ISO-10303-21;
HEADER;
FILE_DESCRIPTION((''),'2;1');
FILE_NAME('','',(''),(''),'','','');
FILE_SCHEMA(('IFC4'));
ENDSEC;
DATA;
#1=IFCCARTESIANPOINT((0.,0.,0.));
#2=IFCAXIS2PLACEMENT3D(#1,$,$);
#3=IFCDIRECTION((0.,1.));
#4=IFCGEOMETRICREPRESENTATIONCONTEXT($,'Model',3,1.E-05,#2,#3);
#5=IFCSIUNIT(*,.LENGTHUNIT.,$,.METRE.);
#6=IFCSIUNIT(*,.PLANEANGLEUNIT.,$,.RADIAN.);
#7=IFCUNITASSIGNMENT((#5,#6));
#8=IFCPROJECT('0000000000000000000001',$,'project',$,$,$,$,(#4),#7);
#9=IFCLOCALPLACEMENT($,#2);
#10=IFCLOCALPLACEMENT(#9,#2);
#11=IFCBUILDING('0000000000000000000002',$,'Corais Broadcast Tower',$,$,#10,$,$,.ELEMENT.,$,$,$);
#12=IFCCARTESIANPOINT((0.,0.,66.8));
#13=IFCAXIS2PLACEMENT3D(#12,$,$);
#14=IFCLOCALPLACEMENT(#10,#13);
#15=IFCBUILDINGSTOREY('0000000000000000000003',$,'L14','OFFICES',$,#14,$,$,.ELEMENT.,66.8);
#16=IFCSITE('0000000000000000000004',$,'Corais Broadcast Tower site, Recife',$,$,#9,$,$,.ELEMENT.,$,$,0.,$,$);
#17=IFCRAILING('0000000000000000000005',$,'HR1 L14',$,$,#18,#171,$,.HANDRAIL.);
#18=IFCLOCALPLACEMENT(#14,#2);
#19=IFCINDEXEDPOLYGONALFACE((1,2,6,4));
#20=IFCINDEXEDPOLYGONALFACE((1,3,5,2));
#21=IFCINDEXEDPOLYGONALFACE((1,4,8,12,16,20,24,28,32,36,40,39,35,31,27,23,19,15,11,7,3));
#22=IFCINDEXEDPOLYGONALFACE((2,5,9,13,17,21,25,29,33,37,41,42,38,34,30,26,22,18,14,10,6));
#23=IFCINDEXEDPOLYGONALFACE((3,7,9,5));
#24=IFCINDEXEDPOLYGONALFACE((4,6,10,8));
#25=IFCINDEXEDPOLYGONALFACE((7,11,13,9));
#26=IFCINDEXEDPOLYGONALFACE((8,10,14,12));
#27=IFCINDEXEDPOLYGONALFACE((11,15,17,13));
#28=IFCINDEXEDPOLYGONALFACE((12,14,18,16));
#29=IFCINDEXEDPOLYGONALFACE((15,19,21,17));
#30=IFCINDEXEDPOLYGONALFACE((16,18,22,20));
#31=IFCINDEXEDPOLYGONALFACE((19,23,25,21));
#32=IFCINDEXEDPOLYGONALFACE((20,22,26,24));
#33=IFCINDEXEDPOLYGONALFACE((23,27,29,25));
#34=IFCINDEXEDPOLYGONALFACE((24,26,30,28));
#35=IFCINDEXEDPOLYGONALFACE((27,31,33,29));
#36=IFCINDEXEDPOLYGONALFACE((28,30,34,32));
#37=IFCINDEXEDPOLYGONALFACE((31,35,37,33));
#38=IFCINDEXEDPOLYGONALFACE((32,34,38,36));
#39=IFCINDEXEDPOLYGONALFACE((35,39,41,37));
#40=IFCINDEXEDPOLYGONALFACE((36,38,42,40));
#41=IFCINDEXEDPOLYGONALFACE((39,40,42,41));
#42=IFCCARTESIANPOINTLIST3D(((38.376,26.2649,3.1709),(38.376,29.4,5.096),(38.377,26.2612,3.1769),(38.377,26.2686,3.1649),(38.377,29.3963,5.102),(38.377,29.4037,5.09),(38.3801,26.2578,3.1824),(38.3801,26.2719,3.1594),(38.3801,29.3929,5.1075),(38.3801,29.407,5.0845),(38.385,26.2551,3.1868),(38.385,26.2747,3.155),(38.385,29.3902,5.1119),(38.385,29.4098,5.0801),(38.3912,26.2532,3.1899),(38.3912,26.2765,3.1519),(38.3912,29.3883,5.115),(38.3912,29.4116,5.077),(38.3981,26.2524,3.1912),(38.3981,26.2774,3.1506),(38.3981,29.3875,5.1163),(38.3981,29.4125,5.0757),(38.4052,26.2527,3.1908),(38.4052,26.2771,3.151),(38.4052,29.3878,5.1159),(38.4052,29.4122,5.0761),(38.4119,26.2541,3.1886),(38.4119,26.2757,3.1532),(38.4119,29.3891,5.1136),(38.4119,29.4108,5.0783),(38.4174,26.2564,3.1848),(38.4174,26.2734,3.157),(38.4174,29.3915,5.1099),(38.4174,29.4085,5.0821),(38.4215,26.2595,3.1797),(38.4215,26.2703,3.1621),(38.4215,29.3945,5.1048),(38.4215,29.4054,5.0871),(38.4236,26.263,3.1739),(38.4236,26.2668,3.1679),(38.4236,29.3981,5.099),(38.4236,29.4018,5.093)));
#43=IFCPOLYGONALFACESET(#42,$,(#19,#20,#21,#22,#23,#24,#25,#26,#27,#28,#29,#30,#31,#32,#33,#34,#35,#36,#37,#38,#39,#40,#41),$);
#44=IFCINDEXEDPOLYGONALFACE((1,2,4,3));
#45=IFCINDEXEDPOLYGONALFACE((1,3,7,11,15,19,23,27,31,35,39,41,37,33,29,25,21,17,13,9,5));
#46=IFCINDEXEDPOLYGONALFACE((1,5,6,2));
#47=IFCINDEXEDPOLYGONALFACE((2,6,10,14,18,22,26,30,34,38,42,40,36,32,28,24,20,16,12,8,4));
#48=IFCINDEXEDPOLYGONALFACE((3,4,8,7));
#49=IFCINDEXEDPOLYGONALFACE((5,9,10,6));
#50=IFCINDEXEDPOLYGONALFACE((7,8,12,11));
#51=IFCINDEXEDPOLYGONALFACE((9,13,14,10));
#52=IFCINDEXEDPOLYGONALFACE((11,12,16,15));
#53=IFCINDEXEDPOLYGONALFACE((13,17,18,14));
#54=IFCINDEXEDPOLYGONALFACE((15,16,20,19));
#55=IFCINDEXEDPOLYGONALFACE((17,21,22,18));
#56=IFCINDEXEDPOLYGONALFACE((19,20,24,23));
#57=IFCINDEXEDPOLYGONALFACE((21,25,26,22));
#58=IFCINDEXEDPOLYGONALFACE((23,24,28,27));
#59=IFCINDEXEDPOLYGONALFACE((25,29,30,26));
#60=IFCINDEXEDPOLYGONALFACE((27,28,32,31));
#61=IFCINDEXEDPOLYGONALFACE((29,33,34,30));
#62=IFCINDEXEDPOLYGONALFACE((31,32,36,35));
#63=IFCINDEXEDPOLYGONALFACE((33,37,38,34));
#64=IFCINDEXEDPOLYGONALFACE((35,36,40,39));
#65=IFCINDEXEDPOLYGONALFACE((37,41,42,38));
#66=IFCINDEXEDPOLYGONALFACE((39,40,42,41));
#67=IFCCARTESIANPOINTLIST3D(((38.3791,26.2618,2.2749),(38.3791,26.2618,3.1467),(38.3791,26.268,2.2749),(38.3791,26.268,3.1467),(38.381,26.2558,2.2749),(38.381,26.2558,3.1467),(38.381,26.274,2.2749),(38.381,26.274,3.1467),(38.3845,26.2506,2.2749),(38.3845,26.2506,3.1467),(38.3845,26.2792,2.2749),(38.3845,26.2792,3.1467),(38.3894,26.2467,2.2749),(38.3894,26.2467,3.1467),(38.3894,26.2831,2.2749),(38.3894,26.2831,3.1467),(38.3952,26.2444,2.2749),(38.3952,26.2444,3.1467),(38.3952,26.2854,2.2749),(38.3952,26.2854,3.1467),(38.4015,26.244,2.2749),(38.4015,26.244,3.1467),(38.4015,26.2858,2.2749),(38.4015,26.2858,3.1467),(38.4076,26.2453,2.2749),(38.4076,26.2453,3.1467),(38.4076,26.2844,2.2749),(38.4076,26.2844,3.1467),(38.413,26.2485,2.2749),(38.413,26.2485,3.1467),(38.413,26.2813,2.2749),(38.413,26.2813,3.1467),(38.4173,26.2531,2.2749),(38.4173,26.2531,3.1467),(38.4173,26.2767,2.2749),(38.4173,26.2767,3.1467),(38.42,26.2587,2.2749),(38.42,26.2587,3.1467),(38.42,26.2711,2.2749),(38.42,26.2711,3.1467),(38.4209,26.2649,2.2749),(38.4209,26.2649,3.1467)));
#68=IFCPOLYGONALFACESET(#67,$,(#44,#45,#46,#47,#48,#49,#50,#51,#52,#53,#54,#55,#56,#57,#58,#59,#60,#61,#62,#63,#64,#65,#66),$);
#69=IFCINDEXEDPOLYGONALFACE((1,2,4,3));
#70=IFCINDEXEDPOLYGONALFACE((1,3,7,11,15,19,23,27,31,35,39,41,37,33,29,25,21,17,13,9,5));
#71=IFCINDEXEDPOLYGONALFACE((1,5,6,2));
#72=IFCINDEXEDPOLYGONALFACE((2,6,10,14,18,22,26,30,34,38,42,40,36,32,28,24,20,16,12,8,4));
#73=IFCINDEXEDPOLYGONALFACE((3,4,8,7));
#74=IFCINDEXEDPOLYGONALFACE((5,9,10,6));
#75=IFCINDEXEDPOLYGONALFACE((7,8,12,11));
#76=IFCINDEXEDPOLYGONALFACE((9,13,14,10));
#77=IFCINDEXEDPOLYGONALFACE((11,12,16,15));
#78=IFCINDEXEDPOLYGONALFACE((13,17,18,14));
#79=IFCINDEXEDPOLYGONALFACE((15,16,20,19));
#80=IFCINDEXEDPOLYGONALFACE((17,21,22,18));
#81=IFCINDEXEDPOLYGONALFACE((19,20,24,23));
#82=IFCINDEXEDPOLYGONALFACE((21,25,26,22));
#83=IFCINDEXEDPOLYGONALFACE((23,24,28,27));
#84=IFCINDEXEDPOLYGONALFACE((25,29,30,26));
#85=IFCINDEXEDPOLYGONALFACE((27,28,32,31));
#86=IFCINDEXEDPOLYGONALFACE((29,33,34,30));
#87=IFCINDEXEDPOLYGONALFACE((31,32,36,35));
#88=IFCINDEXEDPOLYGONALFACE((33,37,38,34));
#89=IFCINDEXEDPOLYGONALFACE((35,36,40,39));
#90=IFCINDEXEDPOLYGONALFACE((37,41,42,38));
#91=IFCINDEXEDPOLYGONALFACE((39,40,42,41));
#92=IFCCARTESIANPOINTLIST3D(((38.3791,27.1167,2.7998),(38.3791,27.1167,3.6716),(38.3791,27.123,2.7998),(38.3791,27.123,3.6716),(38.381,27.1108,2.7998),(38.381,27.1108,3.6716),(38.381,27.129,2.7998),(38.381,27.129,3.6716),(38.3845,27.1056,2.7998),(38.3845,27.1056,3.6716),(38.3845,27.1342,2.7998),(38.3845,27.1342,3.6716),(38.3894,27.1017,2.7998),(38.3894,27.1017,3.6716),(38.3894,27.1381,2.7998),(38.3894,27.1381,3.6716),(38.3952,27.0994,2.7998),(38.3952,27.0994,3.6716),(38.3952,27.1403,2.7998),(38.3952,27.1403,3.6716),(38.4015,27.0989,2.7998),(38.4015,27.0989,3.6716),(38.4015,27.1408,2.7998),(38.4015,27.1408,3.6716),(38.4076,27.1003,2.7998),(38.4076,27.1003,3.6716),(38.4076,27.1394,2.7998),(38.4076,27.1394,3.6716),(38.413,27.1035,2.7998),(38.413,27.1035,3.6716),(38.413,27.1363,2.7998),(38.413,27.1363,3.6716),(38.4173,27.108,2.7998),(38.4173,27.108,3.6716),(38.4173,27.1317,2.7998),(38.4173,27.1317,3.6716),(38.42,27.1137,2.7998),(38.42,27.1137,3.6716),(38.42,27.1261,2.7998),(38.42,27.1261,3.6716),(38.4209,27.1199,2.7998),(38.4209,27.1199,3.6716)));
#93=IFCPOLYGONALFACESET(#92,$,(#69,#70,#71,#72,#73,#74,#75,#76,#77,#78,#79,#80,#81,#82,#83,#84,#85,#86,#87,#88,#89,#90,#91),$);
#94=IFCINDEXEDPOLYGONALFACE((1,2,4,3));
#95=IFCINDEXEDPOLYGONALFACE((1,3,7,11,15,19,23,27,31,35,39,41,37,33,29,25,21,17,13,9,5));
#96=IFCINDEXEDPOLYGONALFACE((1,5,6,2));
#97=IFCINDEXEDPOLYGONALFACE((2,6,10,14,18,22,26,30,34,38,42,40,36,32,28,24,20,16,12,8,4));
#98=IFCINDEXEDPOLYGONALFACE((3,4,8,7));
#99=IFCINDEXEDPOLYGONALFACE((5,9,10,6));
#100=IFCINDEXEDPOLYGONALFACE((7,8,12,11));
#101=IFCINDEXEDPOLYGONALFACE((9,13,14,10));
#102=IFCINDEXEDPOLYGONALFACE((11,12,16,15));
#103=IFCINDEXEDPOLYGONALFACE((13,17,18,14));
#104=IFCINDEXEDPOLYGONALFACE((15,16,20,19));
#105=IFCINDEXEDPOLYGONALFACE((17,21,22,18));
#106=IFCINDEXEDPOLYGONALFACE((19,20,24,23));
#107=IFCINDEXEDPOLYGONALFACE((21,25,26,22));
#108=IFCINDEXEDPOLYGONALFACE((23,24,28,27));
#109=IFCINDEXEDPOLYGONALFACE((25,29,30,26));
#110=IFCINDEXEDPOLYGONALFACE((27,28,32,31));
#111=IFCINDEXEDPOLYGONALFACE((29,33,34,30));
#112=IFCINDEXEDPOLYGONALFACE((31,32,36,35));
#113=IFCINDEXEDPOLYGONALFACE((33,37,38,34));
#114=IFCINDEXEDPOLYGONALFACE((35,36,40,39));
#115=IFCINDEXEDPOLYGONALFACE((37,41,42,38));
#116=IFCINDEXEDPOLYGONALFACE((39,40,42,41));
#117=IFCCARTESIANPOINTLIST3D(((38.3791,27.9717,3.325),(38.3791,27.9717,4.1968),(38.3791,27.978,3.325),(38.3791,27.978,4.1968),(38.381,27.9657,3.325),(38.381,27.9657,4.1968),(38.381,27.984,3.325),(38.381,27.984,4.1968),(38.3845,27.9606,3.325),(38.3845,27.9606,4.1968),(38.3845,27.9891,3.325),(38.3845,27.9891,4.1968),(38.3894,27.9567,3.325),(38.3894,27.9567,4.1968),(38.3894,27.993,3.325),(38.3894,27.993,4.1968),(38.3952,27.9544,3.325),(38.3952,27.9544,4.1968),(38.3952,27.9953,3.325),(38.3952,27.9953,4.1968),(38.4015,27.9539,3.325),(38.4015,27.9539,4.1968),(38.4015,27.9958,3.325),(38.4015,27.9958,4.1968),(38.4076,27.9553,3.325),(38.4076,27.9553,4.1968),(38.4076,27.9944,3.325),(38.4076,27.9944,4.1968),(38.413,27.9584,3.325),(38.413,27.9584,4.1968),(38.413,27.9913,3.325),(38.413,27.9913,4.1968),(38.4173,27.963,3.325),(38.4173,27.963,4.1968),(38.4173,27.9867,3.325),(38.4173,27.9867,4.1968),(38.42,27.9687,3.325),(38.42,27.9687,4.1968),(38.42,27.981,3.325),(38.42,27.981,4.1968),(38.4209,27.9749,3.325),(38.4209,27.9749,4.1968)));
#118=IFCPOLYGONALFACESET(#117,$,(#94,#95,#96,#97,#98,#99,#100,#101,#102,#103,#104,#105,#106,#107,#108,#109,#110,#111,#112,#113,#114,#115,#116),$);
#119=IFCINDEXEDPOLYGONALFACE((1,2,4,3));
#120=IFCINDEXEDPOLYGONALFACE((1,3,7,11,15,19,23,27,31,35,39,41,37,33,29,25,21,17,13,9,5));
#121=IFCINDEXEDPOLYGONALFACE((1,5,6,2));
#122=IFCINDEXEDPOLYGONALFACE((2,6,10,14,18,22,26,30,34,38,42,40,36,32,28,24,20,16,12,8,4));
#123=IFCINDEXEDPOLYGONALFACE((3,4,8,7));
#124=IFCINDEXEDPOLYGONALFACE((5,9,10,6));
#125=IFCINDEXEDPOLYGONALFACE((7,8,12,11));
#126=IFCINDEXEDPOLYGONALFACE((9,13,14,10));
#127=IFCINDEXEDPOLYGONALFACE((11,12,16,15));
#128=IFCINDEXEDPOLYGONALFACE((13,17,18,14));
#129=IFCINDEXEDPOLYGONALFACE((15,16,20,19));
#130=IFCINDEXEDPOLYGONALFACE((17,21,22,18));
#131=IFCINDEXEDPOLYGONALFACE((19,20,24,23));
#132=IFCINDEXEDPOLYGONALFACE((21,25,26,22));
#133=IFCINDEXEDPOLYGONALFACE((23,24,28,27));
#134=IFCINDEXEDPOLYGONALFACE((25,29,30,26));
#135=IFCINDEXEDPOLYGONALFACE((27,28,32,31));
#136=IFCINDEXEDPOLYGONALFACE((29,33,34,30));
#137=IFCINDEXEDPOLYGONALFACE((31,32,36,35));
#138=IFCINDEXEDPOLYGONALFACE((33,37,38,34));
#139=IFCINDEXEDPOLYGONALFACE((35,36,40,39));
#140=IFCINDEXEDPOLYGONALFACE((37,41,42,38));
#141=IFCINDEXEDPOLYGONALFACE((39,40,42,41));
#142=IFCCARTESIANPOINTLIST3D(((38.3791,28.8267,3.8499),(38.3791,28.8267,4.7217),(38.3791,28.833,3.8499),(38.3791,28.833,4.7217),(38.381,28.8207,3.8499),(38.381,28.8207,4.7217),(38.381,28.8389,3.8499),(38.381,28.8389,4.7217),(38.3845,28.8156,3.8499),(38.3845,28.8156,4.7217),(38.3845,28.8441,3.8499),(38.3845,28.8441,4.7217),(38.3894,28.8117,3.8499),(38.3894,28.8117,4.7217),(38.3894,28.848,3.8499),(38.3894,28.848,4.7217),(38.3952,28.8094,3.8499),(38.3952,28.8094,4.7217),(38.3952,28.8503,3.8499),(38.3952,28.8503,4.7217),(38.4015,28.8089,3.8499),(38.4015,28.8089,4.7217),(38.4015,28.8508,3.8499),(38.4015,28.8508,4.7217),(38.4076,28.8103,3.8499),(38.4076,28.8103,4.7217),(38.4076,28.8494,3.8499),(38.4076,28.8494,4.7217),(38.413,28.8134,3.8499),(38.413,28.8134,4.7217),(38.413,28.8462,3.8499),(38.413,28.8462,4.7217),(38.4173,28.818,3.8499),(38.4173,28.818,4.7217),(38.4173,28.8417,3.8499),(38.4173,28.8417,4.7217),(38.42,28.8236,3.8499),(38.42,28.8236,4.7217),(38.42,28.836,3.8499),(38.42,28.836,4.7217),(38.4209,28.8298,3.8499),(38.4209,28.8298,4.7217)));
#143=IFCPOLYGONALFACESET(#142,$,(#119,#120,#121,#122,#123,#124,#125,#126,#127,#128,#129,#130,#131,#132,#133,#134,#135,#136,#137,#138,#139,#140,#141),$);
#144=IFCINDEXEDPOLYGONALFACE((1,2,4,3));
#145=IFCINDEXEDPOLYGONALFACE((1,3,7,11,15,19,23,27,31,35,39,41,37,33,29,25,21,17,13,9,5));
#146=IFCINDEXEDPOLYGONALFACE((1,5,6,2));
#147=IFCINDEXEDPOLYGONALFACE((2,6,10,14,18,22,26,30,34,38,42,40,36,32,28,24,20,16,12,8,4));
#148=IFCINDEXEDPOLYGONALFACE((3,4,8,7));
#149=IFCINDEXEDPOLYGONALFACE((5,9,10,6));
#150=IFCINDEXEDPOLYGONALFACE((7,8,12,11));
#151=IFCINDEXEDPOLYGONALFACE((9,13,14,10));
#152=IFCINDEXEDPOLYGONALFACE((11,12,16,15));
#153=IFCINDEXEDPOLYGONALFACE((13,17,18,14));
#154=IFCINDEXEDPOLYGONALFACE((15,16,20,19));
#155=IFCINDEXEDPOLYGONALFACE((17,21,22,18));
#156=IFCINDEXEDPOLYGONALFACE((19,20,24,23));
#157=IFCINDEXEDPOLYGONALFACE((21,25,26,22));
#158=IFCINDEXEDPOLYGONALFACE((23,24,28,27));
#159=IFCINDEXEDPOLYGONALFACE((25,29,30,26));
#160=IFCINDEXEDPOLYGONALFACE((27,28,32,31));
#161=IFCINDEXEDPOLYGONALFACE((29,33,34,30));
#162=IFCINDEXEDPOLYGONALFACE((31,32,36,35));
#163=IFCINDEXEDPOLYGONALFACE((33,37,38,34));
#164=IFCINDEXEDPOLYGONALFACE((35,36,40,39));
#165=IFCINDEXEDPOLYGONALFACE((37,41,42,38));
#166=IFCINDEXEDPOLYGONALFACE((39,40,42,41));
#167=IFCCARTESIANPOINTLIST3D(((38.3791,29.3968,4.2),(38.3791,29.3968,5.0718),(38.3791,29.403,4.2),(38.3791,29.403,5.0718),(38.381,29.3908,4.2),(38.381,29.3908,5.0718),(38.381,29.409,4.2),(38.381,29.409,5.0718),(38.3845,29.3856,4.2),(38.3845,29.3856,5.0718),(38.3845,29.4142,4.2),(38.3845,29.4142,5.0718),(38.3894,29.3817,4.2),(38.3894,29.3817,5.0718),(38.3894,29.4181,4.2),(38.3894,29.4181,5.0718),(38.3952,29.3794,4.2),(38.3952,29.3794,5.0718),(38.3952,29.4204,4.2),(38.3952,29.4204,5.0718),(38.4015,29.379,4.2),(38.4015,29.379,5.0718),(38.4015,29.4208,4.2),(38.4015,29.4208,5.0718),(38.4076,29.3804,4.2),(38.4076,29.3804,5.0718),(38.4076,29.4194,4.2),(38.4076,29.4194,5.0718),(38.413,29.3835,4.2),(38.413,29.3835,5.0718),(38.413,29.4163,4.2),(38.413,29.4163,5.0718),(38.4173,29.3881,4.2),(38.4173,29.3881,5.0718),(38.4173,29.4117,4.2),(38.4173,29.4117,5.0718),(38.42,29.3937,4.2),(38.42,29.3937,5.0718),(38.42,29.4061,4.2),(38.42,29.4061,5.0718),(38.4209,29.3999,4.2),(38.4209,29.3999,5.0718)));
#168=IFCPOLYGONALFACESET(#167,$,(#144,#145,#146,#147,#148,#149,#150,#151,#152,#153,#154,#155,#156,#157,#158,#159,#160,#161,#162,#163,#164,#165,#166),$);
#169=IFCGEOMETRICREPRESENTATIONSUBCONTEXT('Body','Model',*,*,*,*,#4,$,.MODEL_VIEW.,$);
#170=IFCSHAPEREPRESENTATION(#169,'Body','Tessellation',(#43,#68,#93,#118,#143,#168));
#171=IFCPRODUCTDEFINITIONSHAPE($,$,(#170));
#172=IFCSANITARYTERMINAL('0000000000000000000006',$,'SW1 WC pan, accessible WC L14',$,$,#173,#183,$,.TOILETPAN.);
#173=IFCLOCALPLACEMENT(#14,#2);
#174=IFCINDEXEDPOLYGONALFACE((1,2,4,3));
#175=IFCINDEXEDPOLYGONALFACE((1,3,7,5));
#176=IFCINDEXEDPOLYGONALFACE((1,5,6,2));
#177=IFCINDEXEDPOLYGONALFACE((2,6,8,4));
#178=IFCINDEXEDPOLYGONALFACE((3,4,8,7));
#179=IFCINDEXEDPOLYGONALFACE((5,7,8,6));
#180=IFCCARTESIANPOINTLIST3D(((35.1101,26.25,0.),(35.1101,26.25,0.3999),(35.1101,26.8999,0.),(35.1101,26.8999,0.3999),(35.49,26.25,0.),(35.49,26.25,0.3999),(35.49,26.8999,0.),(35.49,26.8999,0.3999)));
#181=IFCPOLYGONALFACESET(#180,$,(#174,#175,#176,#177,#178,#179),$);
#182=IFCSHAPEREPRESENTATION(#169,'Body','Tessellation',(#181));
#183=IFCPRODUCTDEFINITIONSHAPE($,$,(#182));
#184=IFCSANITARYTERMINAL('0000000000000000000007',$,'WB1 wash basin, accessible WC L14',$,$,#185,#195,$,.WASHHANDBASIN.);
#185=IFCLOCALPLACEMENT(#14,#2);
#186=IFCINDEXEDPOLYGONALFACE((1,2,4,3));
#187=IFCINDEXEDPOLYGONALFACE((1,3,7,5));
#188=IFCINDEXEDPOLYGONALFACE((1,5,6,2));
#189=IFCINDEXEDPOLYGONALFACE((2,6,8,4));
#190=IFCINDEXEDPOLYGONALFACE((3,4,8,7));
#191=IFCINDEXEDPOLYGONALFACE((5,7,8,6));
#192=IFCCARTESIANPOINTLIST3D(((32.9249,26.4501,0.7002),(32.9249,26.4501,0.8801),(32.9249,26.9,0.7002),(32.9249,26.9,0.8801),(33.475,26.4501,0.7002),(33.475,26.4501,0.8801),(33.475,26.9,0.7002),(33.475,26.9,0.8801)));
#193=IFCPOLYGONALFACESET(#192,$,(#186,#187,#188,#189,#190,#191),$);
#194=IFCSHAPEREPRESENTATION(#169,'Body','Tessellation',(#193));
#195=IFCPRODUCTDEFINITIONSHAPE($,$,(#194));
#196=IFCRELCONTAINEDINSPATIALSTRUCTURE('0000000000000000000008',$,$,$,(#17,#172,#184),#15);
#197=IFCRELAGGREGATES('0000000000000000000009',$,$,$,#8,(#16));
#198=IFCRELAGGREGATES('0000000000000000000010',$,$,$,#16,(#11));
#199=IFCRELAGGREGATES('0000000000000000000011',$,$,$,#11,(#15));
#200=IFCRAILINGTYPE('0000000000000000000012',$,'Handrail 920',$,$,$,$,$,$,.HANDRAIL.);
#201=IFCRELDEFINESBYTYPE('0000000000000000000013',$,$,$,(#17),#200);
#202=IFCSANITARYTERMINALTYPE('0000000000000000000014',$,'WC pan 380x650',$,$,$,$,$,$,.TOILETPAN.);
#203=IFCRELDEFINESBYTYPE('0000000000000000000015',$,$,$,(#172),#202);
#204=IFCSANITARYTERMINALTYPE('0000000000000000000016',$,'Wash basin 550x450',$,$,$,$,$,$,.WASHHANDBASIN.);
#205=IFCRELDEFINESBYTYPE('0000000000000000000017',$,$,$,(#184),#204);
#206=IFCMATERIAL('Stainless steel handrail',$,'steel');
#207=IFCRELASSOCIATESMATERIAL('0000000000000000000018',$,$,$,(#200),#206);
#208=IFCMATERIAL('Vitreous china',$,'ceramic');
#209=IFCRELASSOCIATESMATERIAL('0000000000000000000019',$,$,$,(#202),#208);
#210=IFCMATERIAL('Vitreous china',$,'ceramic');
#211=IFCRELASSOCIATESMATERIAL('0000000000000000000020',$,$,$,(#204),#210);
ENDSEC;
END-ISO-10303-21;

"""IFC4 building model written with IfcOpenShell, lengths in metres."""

from ifc_helpers import new_model, si_unit, direction, frame, origin, origin_2d, place, context, subcontext, project, spatial, rectangle, circle, extrude, material, type_object, element, save


model = new_model("IFC4")

# Units and contexts
model_context = context("Model", 3, precision=1e-05, world=origin(), true_north=direction((0.0, 1.0)))
body_context = subcontext(model_context, "Body", "Model", "MODEL_VIEW")
ifc_project = project(units=[si_unit("LENGTHUNIT", "METRE"), si_unit("PLANEANGLEUNIT", "RADIAN")], contexts=[model_context])

# Site, building, storey
site_placement = place(None, origin())
site = spatial("IfcSite", under=ifc_project, at=site_placement, Name="Corais Broadcast Tower site, Recife", CompositionType="ELEMENT", RefElevation=0.0)
building_placement = place(site_placement, origin())
building = spatial("IfcBuilding", under=site, at=building_placement, Name="Corais Broadcast Tower", CompositionType="ELEMENT")
storey_placement = place(building_placement, frame((0.0, 0.0, 66.8)))
storey = spatial("IfcBuildingStorey", under=building, at=storey_placement, Name="L14", Description="OFFICES", CompositionType="ELEMENT", Elevation=66.8)

# Railing
ifc_material_1 = material(Name="Stainless steel handrail", Category="steel")
railing_type = type_object("IfcRailingType", Name="Handrail 920", PredefinedType="HANDRAIL", material=ifc_material_1)
for number, where, name in (
    (1, (38.3999, 26.2649, 2.2749), "HR1 L14"),
):
    element("IfcRailing", number, at=place(storey_placement, frame(where)), inside=storey, type_object=railing_type, Name=name, PredefinedType="HANDRAIL", context=body_context, shape_type="SweptSolid", body=[
        extrude(circle(Radius=0.0239, at=origin_2d()), frame((0.0, 0.0, 0.896), z_axis=(0.0, 0.852166, 0.523271), x_axis=(-1.0, 0.0, 0.0)), (0.0, 0.0, 1.0), 3.679),
        extrude(circle(Radius=0.021, at=origin_2d()), origin(), (0.0, 0.0, 1.0), 0.8718),
        extrude(circle(Radius=0.021, at=origin_2d()), frame((0.0, 0.855, 0.5249)), (0.0, 0.0, 1.0), 0.8718),
        extrude(circle(Radius=0.021, at=origin_2d()), frame((0.0, 1.71, 1.05)), (0.0, 0.0, 1.0), 0.8718),
        extrude(circle(Radius=0.021, at=origin_2d()), frame((0.0, 2.5649, 1.575)), (0.0, 0.0, 1.0), 0.8718),
        extrude(circle(Radius=0.021, at=origin_2d()), frame((0.0, 3.135, 1.925)), (0.0, 0.0, 1.0), 0.8718),
    ])

# Sanitary terminals
ifc_material_2 = material(Name="Vitreous china", Category="ceramic")
sanitary_terminal_type_1 = type_object("IfcSanitaryTerminalType", Name="WC pan 380x650", PredefinedType="TOILETPAN", material=ifc_material_2)
sanitary_terminal_1_placement = place(storey_placement, frame((35.3, 26.575, 0.0), z_axis=(0.0, 0.0, 1.0), x_axis=(1.0, 0.0, 0.0)))
element("IfcSanitaryTerminal", 2, at=sanitary_terminal_1_placement, inside=storey, type_object=sanitary_terminal_type_1, Name="SW1 WC pan, accessible WC L14", PredefinedType="TOILETPAN", context=body_context, shape_type="SweptSolid", body=[
    extrude(rectangle(XDim=0.3799, YDim=0.6499, at=origin_2d()), origin(), (0.0, 0.0, 1.0), 0.3999),
])
ifc_material_3 = material(Name="Vitreous china", Category="ceramic")
sanitary_terminal_type_2 = type_object("IfcSanitaryTerminalType", Name="Wash basin 550x450", PredefinedType="WASHHANDBASIN", material=ifc_material_3)
sanitary_terminal_2_placement = place(storey_placement, frame((33.2, 26.675, 0.7002), z_axis=(0.0, 0.0, 1.0), x_axis=(1.0, 0.0, 0.0)))
element("IfcSanitaryTerminal", 3, at=sanitary_terminal_2_placement, inside=storey, type_object=sanitary_terminal_type_2, Name="WB1 wash basin, accessible WC L14", PredefinedType="WASHHANDBASIN", context=body_context, shape_type="SweptSolid", body=[
    extrude(rectangle(XDim=0.55, YDim=0.45, at=origin_2d()), origin(), (0.0, 0.0, 1.0), 0.1799),
])

save(model, "model.ifc")
